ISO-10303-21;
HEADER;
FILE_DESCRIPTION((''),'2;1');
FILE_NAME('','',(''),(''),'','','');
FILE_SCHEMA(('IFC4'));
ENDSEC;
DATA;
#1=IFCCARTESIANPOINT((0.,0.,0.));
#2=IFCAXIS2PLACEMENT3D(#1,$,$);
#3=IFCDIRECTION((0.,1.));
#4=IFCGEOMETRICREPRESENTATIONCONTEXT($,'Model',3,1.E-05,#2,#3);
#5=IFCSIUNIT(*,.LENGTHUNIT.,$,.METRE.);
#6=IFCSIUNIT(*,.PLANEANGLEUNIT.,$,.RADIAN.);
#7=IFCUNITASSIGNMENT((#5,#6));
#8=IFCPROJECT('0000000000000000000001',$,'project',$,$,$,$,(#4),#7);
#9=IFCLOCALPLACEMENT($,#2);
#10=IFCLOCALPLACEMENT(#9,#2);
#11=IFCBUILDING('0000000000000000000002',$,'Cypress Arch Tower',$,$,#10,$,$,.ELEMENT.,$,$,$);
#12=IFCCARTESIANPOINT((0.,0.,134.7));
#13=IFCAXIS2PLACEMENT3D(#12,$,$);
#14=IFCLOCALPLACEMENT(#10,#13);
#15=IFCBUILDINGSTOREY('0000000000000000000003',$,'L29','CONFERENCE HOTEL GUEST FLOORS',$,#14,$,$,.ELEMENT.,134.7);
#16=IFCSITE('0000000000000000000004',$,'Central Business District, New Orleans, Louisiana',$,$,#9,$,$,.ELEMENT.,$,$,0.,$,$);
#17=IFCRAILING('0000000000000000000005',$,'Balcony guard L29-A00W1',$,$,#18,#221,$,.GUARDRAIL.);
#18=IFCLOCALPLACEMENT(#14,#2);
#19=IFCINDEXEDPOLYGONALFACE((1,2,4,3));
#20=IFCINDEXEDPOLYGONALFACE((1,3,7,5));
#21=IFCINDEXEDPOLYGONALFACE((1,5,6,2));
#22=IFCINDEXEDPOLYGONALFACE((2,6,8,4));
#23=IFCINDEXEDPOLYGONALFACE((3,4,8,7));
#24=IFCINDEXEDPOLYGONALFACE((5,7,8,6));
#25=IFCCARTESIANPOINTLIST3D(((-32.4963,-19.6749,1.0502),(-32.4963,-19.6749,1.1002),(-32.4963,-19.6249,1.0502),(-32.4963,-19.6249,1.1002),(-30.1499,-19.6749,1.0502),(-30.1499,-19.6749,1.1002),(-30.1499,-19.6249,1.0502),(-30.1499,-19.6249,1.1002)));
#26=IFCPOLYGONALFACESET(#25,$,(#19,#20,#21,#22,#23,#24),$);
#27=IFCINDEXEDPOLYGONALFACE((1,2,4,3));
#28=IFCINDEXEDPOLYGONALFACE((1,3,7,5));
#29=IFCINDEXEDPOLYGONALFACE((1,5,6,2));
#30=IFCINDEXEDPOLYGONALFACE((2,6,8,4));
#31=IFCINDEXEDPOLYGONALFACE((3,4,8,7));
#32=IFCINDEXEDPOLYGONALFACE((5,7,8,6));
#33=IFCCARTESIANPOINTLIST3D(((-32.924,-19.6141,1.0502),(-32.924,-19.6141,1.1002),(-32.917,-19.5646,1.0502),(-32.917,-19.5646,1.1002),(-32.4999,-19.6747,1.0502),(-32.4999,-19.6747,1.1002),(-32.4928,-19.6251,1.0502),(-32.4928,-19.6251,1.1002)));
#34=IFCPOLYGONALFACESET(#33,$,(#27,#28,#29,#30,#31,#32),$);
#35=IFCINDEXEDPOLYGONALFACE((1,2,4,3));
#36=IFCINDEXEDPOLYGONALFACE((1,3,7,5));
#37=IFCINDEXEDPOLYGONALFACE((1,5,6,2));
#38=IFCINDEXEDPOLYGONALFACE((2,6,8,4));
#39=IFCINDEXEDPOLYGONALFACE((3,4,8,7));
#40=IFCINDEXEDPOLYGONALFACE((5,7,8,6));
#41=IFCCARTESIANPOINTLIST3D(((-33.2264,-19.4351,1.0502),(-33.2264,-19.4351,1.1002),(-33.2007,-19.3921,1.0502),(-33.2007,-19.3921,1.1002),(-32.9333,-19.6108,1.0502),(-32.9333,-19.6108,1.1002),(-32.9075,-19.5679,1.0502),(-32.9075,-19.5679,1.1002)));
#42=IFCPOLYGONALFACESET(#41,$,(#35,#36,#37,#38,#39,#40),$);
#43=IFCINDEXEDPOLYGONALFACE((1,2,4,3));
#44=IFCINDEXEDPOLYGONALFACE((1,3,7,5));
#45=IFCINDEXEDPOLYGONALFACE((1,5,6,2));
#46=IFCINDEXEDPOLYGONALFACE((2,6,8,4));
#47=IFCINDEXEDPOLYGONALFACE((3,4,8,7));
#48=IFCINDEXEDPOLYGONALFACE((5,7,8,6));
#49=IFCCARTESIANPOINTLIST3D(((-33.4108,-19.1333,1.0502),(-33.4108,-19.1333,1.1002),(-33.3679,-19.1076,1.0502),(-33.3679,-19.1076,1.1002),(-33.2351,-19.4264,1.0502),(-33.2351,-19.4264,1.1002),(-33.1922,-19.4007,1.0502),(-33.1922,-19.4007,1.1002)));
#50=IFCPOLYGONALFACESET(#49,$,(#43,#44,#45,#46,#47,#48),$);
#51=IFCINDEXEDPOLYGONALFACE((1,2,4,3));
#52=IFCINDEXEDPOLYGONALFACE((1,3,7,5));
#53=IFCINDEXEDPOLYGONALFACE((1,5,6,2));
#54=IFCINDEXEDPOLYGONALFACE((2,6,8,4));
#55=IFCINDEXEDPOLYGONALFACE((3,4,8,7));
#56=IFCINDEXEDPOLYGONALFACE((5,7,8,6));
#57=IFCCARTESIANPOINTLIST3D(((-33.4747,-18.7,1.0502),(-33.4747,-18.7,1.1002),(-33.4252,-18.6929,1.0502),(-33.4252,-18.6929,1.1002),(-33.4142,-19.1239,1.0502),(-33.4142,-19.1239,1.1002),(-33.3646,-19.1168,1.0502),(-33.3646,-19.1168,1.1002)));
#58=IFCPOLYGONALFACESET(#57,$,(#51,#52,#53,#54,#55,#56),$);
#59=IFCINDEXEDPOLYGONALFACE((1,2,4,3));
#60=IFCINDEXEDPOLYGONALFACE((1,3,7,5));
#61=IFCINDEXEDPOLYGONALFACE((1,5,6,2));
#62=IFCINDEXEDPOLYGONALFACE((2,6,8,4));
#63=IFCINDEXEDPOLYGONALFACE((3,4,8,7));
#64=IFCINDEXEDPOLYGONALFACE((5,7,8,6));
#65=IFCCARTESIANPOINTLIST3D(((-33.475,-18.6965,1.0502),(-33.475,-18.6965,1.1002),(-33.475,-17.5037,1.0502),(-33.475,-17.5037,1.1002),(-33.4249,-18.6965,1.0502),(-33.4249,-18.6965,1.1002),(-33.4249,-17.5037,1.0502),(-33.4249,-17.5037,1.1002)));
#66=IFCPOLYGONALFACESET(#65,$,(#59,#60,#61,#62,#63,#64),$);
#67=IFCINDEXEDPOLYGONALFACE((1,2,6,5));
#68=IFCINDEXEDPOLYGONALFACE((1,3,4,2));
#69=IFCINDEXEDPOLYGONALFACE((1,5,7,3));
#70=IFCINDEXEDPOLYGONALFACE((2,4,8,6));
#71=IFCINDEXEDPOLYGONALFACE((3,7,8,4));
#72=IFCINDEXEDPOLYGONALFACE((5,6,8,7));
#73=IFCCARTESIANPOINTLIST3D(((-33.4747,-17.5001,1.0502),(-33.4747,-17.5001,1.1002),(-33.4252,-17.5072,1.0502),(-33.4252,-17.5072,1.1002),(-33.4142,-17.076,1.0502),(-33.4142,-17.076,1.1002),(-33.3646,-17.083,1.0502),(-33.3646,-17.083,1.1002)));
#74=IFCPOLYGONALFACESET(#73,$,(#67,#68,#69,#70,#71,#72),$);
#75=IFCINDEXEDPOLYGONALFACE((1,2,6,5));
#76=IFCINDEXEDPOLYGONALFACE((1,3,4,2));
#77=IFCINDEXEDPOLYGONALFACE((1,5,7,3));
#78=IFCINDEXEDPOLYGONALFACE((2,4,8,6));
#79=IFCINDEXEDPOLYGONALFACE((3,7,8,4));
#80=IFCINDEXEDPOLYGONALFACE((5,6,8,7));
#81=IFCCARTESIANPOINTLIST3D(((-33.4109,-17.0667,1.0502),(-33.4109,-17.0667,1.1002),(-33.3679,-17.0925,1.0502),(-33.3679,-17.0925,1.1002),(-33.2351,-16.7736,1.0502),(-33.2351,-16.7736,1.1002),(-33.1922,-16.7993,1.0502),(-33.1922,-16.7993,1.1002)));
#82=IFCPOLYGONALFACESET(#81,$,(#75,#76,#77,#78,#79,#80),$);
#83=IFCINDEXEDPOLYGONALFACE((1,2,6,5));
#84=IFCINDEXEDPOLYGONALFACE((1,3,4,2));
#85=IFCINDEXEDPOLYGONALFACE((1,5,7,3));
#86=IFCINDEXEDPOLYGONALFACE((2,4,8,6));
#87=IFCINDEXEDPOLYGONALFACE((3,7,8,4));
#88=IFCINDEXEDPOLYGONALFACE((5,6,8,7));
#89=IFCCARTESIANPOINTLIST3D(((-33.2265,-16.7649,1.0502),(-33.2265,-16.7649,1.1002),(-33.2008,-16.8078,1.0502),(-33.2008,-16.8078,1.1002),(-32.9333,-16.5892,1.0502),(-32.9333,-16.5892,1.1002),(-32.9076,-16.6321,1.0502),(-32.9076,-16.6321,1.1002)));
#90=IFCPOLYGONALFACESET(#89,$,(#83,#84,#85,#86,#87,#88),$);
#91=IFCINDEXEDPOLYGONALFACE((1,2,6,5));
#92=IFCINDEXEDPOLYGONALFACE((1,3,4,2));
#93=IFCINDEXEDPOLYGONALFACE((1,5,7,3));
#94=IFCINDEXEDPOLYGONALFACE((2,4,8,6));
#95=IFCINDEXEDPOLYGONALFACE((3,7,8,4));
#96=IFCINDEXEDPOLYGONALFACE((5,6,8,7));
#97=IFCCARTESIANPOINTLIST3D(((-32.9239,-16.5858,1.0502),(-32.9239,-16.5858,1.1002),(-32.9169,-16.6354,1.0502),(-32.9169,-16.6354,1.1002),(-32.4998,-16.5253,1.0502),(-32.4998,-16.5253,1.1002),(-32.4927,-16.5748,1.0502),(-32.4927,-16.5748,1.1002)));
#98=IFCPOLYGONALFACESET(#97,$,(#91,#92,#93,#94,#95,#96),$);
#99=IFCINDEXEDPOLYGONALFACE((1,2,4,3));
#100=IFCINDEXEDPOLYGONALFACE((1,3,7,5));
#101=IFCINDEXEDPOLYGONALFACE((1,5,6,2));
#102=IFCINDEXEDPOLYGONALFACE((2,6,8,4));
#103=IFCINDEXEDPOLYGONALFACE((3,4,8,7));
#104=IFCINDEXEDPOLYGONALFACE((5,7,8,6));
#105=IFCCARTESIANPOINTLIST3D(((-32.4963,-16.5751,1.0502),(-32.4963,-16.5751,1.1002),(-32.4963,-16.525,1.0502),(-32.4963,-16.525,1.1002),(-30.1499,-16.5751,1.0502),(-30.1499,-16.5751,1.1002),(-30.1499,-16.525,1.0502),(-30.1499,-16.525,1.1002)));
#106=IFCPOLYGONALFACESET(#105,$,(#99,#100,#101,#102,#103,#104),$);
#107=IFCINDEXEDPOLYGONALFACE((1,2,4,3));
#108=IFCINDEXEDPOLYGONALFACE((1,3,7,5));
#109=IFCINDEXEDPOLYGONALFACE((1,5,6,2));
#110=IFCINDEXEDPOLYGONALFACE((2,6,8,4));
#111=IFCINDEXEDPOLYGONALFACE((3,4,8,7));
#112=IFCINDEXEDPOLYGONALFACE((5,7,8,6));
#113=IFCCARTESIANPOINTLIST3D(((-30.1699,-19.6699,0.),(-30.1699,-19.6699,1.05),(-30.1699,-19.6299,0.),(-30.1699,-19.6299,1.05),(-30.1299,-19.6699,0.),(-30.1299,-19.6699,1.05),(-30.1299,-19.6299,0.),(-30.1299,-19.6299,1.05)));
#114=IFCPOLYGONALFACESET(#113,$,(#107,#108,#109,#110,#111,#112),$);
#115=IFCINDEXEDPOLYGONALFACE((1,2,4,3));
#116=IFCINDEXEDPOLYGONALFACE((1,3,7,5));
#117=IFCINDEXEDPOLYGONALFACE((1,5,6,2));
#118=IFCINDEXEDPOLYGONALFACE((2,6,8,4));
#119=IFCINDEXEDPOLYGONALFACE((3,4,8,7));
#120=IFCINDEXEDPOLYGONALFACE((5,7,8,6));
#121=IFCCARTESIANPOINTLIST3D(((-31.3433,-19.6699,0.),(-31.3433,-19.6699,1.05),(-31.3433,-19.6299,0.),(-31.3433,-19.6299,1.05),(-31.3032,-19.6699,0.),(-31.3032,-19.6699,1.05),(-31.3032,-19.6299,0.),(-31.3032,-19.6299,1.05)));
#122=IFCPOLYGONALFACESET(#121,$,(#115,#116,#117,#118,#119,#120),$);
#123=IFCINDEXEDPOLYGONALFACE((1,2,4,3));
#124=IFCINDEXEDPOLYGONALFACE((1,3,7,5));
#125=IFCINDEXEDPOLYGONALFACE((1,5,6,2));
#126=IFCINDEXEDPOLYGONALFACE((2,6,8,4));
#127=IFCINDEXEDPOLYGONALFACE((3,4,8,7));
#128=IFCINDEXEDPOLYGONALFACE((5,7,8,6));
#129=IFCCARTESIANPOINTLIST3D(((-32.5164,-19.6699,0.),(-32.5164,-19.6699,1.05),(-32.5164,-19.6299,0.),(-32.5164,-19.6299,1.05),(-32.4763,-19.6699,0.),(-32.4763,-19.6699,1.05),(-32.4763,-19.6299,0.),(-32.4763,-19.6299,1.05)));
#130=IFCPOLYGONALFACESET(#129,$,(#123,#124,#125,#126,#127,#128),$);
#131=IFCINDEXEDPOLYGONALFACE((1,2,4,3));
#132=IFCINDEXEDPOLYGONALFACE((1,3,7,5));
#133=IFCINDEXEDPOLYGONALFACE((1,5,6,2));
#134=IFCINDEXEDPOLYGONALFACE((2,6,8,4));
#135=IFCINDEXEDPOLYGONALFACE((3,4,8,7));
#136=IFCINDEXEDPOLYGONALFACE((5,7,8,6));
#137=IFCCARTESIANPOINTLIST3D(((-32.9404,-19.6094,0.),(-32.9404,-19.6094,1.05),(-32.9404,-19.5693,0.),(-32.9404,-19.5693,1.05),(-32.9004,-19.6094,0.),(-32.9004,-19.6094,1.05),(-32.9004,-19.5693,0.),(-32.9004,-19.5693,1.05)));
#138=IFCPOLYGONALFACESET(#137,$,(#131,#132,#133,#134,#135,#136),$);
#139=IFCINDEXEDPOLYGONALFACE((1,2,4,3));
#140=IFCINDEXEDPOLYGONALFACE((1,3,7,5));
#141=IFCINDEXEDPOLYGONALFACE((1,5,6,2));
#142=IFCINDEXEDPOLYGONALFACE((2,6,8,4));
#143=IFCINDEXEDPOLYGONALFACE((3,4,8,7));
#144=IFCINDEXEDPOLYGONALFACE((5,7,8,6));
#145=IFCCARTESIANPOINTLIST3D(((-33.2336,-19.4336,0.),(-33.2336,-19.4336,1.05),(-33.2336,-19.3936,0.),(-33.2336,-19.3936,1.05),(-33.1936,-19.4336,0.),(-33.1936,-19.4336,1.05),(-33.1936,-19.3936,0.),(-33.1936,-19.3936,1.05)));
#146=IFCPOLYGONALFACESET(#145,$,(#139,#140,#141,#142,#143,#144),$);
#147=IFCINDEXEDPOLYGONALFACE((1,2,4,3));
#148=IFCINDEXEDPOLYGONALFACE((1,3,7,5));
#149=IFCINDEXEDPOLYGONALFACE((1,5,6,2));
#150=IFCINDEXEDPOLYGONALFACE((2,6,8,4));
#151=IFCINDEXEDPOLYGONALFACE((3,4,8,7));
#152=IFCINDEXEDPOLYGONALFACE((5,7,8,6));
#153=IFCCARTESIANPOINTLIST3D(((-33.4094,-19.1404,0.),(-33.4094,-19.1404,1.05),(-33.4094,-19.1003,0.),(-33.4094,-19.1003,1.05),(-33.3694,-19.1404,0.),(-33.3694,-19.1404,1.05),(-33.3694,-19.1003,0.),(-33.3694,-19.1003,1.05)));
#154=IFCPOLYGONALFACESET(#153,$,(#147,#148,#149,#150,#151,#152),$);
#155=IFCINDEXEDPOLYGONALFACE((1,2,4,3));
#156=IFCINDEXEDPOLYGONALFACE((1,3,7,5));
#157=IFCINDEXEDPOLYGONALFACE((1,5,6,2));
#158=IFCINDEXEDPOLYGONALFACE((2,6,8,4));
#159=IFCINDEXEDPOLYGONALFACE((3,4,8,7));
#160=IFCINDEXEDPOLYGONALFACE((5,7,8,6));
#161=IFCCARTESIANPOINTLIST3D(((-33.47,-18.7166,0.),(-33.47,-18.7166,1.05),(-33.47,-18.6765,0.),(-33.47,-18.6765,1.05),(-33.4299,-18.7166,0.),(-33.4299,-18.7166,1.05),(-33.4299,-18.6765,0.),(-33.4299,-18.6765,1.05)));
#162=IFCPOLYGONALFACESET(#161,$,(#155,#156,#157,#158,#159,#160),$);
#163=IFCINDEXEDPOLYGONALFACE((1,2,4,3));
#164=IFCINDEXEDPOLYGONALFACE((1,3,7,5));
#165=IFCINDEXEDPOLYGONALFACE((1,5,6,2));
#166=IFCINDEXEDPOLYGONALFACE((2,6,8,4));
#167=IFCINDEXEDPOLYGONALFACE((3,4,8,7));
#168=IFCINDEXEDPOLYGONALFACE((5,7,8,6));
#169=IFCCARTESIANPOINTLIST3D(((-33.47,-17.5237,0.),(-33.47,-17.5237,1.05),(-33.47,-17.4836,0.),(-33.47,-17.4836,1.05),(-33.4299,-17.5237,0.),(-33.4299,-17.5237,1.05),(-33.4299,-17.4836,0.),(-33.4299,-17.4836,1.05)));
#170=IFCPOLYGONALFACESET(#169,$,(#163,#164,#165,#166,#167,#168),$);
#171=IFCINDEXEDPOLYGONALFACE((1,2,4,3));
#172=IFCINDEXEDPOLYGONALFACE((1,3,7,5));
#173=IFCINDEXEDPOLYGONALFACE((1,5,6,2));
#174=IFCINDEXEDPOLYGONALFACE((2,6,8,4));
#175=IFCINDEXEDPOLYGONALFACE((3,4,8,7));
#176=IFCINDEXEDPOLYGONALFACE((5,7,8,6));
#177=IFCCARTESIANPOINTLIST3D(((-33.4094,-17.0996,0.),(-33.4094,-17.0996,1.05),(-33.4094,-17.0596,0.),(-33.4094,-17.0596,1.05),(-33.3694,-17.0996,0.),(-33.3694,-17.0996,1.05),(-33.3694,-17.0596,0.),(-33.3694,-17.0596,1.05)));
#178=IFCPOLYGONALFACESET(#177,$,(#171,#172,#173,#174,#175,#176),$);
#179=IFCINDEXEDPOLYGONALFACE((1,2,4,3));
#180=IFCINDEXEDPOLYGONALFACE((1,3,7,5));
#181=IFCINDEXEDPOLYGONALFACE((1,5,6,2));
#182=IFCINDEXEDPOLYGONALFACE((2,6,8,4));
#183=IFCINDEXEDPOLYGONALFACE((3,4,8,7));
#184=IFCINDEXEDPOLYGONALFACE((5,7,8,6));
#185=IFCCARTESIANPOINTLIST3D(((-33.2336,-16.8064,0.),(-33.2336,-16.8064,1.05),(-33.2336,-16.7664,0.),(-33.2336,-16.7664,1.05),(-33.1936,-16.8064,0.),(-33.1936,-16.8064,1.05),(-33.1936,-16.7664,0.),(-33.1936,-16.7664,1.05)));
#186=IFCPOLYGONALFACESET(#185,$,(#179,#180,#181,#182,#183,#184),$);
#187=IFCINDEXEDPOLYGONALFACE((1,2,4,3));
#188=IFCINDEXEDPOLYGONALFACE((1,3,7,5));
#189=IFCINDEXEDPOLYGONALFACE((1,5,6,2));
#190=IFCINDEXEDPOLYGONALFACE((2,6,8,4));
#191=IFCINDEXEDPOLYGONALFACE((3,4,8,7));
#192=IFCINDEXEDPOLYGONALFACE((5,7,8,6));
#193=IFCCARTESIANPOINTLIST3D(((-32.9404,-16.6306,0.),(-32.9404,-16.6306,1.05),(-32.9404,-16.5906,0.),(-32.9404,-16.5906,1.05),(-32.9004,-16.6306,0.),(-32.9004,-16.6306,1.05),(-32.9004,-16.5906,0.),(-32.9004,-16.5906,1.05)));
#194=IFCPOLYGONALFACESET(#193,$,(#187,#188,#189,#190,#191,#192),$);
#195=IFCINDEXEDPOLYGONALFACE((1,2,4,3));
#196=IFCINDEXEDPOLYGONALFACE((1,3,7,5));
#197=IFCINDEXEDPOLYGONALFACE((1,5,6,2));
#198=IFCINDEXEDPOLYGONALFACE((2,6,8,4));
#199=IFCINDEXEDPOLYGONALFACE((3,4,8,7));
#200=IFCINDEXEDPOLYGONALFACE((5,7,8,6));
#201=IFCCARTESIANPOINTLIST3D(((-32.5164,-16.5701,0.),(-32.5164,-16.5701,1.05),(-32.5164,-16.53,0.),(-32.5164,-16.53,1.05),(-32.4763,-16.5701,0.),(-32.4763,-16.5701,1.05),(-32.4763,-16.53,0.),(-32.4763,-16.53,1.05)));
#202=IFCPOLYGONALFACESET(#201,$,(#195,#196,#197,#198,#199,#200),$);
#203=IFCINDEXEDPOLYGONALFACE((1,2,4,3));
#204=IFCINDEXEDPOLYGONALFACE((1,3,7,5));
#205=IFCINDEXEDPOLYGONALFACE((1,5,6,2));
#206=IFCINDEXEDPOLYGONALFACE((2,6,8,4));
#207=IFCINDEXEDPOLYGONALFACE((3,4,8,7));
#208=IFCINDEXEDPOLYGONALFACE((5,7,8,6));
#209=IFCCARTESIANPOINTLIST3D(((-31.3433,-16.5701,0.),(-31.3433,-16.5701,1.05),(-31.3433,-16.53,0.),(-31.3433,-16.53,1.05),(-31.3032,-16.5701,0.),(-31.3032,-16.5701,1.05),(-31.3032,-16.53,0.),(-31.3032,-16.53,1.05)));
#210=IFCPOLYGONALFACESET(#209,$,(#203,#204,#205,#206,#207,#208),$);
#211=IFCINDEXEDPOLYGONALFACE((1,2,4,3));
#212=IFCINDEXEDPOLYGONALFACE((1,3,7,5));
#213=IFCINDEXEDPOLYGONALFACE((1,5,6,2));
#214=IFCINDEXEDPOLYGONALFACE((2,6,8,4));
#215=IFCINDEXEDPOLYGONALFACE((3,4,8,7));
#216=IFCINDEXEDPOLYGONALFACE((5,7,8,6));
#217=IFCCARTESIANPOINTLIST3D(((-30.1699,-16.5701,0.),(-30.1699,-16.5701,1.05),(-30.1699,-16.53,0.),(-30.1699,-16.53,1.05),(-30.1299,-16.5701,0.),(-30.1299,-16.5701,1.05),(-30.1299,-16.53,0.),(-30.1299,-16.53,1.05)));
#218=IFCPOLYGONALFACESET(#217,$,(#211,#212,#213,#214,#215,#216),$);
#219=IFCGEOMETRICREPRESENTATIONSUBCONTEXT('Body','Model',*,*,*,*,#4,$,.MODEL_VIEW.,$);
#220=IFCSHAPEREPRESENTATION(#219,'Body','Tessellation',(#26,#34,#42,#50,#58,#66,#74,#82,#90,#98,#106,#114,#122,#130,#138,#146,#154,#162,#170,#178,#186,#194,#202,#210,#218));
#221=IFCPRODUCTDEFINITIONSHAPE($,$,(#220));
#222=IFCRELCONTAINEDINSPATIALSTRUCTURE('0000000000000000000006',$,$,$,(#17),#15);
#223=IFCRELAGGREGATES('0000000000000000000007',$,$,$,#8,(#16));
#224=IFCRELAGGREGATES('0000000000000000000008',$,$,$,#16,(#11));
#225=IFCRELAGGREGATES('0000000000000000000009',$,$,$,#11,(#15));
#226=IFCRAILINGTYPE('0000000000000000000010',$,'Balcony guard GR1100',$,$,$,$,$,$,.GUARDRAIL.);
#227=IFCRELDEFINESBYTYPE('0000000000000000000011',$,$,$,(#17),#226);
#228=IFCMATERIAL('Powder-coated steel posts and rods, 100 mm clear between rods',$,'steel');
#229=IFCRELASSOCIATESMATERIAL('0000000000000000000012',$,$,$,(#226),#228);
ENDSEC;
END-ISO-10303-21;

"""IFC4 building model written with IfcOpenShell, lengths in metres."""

from ifc_helpers import new_model, si_unit, direction, frame, origin, origin_2d, place, context, subcontext, project, spatial, rectangle, extrude, material, type_object, element, save


model = new_model("IFC4")

# Units and contexts
model_context = context("Model", 3, precision=1e-05, world=origin(), true_north=direction((0.0, 1.0)))
body_context = subcontext(model_context, "Body", "Model", "MODEL_VIEW")
ifc_project = project(units=[si_unit("LENGTHUNIT", "METRE"), si_unit("PLANEANGLEUNIT", "RADIAN")], contexts=[model_context])

# Site, building, storey
site_placement = place(None, origin())
site = spatial("IfcSite", under=ifc_project, at=site_placement, Name="Central Business District, New Orleans, Louisiana", CompositionType="ELEMENT", RefElevation=0.0)
building_placement = place(site_placement, origin())
building = spatial("IfcBuilding", under=site, at=building_placement, Name="Cypress Arch Tower", CompositionType="ELEMENT")
storey_placement = place(building_placement, frame((0.0, 0.0, 134.7)))
storey = spatial("IfcBuildingStorey", under=building, at=storey_placement, Name="L29", Description="CONFERENCE HOTEL GUEST FLOORS", CompositionType="ELEMENT", Elevation=134.7)

# Railing
ifc_material_1 = material(Name="Powder-coated steel posts and rods, 100 mm clear between rods", Category="steel")
railing_type = type_object("IfcRailingType", Name="Balcony guard GR1100", PredefinedType="GUARDRAIL", material=ifc_material_1)
railing_placement = place(storey_placement, frame((-30.1499, -19.6499, 0.0)))
element("IfcRailing", 1, at=railing_placement, inside=storey, type_object=railing_type, Name="Balcony guard L29-A00W1", PredefinedType="GUARDRAIL", context=body_context, shape_type="SweptSolid", body=[
    extrude(rectangle(XDim=0.05, YDim=0.05, at=origin_2d()), frame((0.0, 0.0, 1.0752), z_axis=(-1.0, 0.0, 0.0), x_axis=(0.0, -1.0, 0.0)), (0.0, 0.0, 1.0), 2.3464),
    extrude(rectangle(XDim=0.05, YDim=0.05, at=origin_2d()), frame((-2.3464, 0.0, 1.0752), z_axis=(-0.989961, 0.141342, 0.0), x_axis=(-0.141342, -0.989961, 0.0)), (0.0, 0.0, 1.0), 0.4285),
    extrude(rectangle(XDim=0.05, YDim=0.05, at=origin_2d()), frame((-2.7705, 0.0605, 1.0752), z_axis=(-0.857682, 0.514181, 0.0), x_axis=(-0.514181, -0.857682, 0.0)), (0.0, 0.0, 1.0), 0.3418),
    extrude(rectangle(XDim=0.05, YDim=0.05, at=origin_2d()), frame((-3.0637, 0.2363, 1.0752), z_axis=(-0.514181, 0.857682, 0.0), x_axis=(-0.857682, -0.514181, 0.0)), (0.0, 0.0, 1.0), 0.3418),
    extrude(rectangle(XDim=0.05, YDim=0.05, at=origin_2d()), frame((-3.2395, 0.5295, 1.0752), z_axis=(-0.141421, 0.989949, 0.0), x_axis=(-0.989949, -0.141421, 0.0)), (0.0, 0.0, 1.0), 0.4282),
    extrude(rectangle(XDim=0.05, YDim=0.05, at=origin_2d()), frame((-3.3, 0.9534, 1.0752), z_axis=(0.0, 1.0, 0.0), x_axis=(-1.0, 0.0, 0.0)), (0.0, 0.0, 1.0), 1.1929),
    extrude(rectangle(XDim=0.05, YDim=0.05, at=origin_2d()), frame((-3.3, 2.1462, 1.0752), z_axis=(0.141342, 0.989961, 0.0), x_axis=(-0.989961, 0.141342, 0.0)), (0.0, 0.0, 1.0), 0.4285),
    extrude(rectangle(XDim=0.05, YDim=0.05, at=origin_2d()), frame((-3.2395, 2.5703, 1.0752), z_axis=(0.514181, 0.857682, 0.0), x_axis=(-0.857682, 0.514181, 0.0)), (0.0, 0.0, 1.0), 0.3418),
    extrude(rectangle(XDim=0.05, YDim=0.05, at=origin_2d()), frame((-3.0637, 2.8635, 1.0752), z_axis=(0.857682, 0.514181, 0.0), x_axis=(-0.514181, 0.857682, 0.0)), (0.0, 0.0, 1.0), 0.3418),
    extrude(rectangle(XDim=0.05, YDim=0.05, at=origin_2d()), frame((-2.7705, 3.0393, 1.0752), z_axis=(0.989961, 0.141342, 0.0), x_axis=(-0.141342, 0.989961, 0.0)), (0.0, 0.0, 1.0), 0.4285),
    extrude(rectangle(XDim=0.05, YDim=0.05, at=origin_2d()), frame((-2.3464, 3.0999, 1.0752), z_axis=(1.0, 0.0, 0.0), x_axis=(0.0, 1.0, 0.0)), (0.0, 0.0, 1.0), 2.3464),
    extrude(rectangle(XDim=0.04, YDim=0.04, at=origin_2d()), origin(), (0.0, 0.0, 1.0), 1.05),
    extrude(rectangle(XDim=0.04, YDim=0.04, at=origin_2d()), frame((-1.1733, 0.0, 0.0)), (0.0, 0.0, 1.0), 1.05),
    extrude(rectangle(XDim=0.04, YDim=0.04, at=origin_2d()), frame((-2.3464, 0.0, 0.0)), (0.0, 0.0, 1.0), 1.05),
    extrude(rectangle(XDim=0.04, YDim=0.04, at=origin_2d()), frame((-2.7705, 0.0605, 0.0)), (0.0, 0.0, 1.0), 1.05),
    extrude(rectangle(XDim=0.04, YDim=0.04, at=origin_2d()), frame((-3.0637, 0.2363, 0.0)), (0.0, 0.0, 1.0), 1.05),
    extrude(rectangle(XDim=0.04, YDim=0.04, at=origin_2d()), frame((-3.2395, 0.5295, 0.0)), (0.0, 0.0, 1.0), 1.05),
    extrude(rectangle(XDim=0.04, YDim=0.04, at=origin_2d()), frame((-3.3, 0.9534, 0.0)), (0.0, 0.0, 1.0), 1.05),
    extrude(rectangle(XDim=0.04, YDim=0.04, at=origin_2d()), frame((-3.3, 2.1462, 0.0)), (0.0, 0.0, 1.0), 1.05),
    extrude(rectangle(XDim=0.04, YDim=0.04, at=origin_2d()), frame((-3.2395, 2.5703, 0.0)), (0.0, 0.0, 1.0), 1.05),
    extrude(rectangle(XDim=0.04, YDim=0.04, at=origin_2d()), frame((-3.0637, 2.8635, 0.0)), (0.0, 0.0, 1.0), 1.05),
    extrude(rectangle(XDim=0.04, YDim=0.04, at=origin_2d()), frame((-2.7705, 3.0393, 0.0)), (0.0, 0.0, 1.0), 1.05),
    extrude(rectangle(XDim=0.04, YDim=0.04, at=origin_2d()), frame((-2.3464, 3.0999, 0.0)), (0.0, 0.0, 1.0), 1.05),
    extrude(rectangle(XDim=0.04, YDim=0.04, at=origin_2d()), frame((-1.1733, 3.0999, 0.0)), (0.0, 0.0, 1.0), 1.05),
    extrude(rectangle(XDim=0.04, YDim=0.04, at=origin_2d()), frame((0.0, 3.0999, 0.0)), (0.0, 0.0, 1.0), 1.05),
])

save(model, "model.ifc")
